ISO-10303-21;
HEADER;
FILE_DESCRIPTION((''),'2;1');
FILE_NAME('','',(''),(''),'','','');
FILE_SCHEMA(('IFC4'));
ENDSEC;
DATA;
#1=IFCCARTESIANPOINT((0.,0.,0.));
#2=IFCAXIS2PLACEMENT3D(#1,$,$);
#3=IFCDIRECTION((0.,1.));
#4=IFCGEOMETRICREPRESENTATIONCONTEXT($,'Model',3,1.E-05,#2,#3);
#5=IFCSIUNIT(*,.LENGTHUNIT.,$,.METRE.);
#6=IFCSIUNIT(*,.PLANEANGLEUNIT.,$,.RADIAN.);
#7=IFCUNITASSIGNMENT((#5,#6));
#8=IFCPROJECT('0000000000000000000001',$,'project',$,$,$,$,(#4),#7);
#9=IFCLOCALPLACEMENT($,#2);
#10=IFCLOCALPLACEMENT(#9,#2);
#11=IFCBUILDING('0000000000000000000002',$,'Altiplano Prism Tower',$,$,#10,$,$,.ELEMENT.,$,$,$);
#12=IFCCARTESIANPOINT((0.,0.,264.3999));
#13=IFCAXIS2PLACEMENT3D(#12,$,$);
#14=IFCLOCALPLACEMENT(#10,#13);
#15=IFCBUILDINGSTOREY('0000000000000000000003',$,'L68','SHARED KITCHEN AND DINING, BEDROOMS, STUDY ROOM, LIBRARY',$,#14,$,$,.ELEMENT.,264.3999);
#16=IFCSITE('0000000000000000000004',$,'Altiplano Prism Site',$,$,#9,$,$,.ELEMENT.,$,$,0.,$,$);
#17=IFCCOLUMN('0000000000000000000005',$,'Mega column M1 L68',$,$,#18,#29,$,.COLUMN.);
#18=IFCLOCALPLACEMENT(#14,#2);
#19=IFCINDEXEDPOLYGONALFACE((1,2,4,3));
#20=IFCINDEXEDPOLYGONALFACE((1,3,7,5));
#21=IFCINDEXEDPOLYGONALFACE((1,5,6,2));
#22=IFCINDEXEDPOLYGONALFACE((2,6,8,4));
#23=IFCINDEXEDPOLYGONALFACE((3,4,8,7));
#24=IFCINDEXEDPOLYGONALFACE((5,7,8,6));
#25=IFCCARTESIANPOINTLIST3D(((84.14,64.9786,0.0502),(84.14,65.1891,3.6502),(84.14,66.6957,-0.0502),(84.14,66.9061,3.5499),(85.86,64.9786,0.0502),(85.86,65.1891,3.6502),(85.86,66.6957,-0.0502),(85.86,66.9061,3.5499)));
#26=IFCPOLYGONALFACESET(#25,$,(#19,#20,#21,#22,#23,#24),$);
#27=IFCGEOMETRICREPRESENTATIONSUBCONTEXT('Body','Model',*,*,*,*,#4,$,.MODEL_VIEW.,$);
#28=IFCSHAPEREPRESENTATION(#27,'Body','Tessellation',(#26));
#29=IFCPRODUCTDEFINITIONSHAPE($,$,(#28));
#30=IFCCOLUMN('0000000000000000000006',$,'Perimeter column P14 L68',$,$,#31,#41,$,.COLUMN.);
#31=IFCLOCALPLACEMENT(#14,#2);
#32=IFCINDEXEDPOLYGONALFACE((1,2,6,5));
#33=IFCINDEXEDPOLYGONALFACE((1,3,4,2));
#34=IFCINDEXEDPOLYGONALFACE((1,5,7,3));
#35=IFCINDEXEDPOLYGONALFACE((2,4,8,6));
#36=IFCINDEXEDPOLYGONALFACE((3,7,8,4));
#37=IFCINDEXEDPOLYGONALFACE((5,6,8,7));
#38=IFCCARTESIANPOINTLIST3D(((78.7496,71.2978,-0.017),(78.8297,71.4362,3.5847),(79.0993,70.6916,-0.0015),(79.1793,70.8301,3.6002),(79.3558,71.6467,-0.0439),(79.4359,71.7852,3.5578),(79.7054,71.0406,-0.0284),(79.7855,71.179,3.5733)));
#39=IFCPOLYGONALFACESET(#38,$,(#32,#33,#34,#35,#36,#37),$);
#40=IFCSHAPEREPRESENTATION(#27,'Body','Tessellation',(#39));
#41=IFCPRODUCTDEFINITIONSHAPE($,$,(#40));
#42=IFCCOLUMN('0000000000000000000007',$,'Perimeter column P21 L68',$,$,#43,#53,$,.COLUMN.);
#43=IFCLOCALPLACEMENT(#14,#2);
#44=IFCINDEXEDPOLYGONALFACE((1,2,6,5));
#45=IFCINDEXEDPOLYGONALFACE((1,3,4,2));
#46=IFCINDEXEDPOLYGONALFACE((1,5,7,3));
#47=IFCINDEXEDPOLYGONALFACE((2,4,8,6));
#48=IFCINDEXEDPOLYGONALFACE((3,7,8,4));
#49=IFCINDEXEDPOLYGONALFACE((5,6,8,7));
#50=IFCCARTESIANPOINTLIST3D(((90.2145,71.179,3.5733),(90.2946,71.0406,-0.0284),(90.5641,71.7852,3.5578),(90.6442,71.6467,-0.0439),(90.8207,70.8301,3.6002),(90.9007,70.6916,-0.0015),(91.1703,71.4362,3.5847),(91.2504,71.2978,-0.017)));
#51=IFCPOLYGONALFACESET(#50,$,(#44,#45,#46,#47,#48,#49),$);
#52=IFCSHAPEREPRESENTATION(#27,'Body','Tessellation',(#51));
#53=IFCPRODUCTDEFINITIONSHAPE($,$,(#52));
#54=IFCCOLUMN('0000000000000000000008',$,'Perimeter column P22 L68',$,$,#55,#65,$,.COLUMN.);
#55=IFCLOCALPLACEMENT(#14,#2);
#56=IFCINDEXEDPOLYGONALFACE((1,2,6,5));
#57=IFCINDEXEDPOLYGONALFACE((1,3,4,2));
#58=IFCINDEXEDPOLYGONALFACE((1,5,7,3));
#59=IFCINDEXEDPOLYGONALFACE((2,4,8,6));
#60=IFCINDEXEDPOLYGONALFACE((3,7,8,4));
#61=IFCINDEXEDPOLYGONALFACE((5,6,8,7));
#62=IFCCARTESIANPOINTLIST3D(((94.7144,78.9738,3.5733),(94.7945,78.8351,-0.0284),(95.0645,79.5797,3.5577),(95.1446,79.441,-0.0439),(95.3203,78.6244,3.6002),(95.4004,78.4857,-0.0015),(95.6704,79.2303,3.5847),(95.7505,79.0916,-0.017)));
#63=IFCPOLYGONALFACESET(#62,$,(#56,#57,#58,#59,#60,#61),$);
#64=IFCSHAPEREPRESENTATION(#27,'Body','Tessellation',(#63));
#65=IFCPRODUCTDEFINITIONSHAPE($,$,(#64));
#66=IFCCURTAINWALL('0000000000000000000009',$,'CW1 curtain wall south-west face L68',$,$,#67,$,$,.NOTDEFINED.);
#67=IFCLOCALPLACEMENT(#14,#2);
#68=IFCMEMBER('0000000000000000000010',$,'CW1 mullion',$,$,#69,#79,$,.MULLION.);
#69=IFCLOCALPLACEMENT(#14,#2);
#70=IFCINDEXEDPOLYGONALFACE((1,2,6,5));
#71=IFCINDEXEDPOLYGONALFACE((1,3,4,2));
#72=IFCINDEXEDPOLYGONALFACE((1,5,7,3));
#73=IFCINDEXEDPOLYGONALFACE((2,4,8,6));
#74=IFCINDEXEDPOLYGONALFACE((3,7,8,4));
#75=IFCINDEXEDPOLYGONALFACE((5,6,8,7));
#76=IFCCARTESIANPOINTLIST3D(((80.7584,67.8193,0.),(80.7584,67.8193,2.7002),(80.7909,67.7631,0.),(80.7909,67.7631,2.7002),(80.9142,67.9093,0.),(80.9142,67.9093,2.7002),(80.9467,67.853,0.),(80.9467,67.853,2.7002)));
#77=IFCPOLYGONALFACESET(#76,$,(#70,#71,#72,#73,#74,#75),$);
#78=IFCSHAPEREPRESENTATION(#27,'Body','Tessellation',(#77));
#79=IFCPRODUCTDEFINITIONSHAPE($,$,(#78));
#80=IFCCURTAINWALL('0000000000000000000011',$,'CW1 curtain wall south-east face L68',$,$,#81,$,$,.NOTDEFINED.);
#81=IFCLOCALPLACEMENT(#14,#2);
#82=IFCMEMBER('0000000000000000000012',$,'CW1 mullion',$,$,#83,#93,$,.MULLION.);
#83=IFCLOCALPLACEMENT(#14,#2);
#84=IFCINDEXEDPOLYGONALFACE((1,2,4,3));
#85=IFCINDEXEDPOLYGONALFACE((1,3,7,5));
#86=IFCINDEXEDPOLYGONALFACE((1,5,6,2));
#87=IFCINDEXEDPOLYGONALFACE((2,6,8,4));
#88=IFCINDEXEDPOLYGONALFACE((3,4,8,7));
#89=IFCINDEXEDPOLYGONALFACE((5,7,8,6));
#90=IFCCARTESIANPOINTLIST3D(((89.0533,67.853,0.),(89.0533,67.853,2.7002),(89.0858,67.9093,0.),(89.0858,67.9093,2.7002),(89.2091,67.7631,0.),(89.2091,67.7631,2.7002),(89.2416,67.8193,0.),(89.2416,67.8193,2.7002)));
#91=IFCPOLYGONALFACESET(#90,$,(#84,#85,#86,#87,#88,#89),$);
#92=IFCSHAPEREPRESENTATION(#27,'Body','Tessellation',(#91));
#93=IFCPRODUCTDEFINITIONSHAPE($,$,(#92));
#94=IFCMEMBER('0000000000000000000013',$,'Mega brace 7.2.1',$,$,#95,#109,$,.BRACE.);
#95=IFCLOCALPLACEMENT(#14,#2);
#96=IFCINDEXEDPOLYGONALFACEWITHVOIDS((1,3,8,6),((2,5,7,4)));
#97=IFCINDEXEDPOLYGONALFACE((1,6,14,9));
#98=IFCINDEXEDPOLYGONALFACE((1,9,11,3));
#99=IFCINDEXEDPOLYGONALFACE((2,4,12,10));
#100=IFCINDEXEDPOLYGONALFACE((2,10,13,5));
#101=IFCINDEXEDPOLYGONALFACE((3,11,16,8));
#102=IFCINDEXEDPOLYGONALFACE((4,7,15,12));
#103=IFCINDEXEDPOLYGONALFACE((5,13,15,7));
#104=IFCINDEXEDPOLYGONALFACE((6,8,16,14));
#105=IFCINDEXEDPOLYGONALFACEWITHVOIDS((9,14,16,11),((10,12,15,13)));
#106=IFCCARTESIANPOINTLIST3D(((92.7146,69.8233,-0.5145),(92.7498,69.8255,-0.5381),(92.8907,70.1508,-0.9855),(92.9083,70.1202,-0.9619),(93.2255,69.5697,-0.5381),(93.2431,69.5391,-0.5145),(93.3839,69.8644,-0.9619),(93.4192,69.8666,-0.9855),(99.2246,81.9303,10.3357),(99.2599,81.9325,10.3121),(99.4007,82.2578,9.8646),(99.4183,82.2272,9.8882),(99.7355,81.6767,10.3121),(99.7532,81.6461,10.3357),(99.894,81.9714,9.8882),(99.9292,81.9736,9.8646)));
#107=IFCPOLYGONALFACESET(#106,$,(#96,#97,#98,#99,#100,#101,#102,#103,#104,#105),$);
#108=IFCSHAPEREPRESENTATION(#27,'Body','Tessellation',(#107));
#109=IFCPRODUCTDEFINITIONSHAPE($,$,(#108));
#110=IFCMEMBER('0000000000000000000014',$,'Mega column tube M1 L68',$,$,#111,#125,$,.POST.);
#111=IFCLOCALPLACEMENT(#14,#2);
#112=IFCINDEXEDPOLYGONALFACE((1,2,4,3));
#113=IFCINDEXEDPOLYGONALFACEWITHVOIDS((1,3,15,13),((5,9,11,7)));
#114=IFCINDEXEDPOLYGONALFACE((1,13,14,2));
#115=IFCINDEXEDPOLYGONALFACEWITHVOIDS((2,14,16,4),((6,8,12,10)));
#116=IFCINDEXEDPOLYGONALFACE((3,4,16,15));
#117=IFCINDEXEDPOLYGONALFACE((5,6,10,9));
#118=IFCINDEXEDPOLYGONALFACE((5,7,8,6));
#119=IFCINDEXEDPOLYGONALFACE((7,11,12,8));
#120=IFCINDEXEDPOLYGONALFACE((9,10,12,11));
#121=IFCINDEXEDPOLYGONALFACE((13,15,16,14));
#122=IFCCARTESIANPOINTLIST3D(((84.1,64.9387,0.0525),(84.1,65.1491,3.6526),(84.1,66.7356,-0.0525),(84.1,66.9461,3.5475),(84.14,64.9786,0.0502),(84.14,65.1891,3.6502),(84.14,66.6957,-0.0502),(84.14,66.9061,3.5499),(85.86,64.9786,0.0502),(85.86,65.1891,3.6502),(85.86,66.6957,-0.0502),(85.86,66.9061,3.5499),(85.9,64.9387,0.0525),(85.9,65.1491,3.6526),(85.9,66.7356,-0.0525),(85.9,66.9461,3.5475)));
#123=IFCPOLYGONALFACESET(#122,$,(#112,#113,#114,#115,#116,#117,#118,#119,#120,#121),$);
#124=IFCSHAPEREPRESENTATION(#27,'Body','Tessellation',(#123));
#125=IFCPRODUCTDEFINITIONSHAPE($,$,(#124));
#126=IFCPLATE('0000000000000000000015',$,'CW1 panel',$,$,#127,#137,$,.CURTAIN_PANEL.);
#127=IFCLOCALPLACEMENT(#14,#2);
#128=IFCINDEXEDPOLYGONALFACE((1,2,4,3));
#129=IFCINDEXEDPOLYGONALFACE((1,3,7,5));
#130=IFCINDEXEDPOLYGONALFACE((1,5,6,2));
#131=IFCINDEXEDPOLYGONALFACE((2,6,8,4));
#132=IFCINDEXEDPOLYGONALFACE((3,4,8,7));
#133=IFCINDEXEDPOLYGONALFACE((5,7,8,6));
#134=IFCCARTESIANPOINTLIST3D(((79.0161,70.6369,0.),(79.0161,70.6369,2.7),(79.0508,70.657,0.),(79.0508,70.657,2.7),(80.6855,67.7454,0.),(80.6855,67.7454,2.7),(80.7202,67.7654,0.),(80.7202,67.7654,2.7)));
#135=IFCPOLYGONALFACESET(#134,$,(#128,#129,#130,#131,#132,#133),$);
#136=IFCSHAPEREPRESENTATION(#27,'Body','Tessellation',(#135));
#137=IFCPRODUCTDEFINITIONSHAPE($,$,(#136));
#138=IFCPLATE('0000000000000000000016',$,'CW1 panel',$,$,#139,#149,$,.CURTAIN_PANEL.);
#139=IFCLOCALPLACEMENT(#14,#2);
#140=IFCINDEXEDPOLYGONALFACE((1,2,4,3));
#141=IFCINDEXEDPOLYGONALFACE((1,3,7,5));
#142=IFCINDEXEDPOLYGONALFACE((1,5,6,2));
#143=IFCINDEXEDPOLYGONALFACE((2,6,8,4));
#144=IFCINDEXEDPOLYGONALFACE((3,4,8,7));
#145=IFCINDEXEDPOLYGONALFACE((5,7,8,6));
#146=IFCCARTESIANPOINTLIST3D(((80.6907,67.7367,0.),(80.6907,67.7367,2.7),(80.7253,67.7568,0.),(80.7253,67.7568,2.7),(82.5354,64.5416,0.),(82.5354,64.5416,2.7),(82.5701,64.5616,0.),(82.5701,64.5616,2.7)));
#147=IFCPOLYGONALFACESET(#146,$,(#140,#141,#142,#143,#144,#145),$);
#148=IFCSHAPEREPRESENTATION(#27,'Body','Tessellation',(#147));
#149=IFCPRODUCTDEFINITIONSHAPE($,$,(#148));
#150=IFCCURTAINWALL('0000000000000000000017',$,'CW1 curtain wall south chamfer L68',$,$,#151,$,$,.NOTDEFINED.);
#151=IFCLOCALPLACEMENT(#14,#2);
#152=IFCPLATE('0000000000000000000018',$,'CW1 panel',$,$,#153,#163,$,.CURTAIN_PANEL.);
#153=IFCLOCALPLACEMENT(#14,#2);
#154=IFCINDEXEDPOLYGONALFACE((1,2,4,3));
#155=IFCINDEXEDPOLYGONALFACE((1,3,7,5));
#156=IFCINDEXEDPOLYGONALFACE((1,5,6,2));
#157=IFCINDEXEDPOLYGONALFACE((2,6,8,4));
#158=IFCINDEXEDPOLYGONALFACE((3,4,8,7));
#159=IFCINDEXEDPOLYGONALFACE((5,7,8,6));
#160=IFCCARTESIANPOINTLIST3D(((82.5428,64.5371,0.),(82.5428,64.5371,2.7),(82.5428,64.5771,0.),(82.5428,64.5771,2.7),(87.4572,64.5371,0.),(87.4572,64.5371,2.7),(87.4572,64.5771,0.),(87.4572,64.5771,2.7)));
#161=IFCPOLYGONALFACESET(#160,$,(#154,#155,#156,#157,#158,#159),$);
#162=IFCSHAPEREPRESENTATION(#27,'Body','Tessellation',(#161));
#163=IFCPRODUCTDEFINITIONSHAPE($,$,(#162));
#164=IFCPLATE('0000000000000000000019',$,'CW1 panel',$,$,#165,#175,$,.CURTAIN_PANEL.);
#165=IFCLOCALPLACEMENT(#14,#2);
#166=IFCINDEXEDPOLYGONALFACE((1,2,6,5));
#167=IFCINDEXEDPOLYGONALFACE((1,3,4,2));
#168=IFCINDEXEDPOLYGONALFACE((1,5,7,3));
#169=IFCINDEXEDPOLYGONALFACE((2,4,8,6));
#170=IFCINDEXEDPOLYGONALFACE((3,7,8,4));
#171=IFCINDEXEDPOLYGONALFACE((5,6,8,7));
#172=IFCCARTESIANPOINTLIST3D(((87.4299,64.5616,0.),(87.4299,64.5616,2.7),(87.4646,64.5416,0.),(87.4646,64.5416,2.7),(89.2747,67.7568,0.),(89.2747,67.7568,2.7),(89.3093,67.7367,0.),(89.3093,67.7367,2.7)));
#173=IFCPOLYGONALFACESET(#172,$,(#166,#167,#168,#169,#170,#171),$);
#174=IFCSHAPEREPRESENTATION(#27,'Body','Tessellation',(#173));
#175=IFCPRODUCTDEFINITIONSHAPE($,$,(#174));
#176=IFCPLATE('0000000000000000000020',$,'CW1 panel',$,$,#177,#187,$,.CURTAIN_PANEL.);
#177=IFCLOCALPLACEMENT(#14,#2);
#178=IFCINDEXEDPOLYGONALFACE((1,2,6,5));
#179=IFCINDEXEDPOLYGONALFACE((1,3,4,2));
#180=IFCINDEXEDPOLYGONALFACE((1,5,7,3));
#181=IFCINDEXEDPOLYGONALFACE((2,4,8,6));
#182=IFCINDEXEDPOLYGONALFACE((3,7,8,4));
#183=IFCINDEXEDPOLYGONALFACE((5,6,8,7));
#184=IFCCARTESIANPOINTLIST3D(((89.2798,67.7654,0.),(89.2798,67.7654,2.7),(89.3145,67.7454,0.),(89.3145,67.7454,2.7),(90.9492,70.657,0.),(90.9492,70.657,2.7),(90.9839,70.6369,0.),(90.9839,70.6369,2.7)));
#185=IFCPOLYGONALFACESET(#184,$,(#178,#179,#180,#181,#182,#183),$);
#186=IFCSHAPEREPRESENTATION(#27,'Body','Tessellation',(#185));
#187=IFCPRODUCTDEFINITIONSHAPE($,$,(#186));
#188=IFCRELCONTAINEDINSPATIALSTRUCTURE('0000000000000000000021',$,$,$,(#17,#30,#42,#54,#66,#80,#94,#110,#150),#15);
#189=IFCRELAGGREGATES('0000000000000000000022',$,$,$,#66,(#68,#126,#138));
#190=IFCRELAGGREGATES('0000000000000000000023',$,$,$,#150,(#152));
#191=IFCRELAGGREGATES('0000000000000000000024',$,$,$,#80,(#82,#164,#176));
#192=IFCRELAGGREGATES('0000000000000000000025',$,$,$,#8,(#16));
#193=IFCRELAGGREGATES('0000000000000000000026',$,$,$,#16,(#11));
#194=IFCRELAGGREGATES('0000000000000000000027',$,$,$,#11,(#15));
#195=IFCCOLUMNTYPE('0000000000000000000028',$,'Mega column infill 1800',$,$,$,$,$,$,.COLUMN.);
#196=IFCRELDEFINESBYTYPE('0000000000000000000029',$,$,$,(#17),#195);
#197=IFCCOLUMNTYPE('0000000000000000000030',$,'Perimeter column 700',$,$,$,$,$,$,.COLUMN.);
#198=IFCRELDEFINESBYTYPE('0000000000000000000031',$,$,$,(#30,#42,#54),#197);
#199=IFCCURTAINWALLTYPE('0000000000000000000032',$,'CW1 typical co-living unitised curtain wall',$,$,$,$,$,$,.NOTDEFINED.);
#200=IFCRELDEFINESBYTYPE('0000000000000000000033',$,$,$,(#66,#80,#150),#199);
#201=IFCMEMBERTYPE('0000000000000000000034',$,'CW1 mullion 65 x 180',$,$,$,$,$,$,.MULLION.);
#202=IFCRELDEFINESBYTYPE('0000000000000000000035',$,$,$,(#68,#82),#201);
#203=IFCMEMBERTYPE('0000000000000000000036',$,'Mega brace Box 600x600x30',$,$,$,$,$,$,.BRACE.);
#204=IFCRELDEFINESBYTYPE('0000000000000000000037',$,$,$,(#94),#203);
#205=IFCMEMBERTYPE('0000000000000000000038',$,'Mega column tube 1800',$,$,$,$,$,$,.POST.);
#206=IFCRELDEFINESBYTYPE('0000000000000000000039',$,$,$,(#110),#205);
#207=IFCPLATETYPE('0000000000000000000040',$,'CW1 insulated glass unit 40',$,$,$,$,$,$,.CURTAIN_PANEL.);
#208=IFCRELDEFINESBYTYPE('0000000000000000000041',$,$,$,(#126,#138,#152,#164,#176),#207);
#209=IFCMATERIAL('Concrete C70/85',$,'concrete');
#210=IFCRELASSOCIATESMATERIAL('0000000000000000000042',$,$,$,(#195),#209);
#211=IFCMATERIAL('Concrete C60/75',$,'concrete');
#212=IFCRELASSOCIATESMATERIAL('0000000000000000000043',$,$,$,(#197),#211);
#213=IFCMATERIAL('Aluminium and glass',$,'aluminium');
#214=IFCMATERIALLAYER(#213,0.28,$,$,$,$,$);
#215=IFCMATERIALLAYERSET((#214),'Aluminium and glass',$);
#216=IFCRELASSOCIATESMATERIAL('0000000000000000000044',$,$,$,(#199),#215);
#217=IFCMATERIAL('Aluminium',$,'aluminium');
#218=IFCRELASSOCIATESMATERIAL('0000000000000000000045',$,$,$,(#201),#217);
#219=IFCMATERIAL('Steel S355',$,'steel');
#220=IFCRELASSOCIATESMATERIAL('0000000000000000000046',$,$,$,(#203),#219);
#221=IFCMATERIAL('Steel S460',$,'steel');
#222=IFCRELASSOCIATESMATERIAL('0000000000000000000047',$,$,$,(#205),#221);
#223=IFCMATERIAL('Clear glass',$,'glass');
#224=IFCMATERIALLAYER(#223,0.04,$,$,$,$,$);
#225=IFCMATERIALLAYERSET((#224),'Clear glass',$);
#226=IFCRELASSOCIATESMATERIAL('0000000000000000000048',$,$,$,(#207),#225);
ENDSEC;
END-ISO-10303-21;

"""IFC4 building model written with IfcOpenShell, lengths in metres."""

from ifc_helpers import new_model, si_unit, direction, frame, origin, origin_2d, place, context, subcontext, project, spatial, rectangle, hollow_rectangle, extrude, material, layer, layer_set, material_profile, profile_set, type_object, element, aggregate, save


model = new_model("IFC4")

# Units and contexts
model_context = context("Model", 3, precision=1e-05, world=origin(), true_north=direction((0.0, 1.0)))
body_context = subcontext(model_context, "Body", "Model", "MODEL_VIEW")
ifc_project = project(units=[si_unit("LENGTHUNIT", "METRE"), si_unit("PLANEANGLEUNIT", "RADIAN")], contexts=[model_context])

# Site, building, storey
site_placement = place(None, origin())
site = spatial("IfcSite", under=ifc_project, at=site_placement, Name="Altiplano Prism Site", CompositionType="ELEMENT", RefElevation=0.0)
building_placement = place(site_placement, origin())
building = spatial("IfcBuilding", under=site, at=building_placement, Name="Altiplano Prism Tower", CompositionType="ELEMENT")
storey_placement = place(building_placement, frame((0.0, 0.0, 264.3999)))
storey = spatial("IfcBuildingStorey", under=building, at=storey_placement, Name="L68", Description="SHARED KITCHEN AND DINING, BEDROOMS, STUDY ROOM, LIBRARY", CompositionType="ELEMENT", Elevation=264.3999)

# Columns
ifc_material_1 = material(Name="Concrete C70/85", Category="concrete")
ifc_material_profile_1 = material_profile(ifc_material_1, rectangle(XDim=1.72, YDim=1.72, at=origin_2d()), Name="Mega column infill 1800")
ifc_profile_set_1 = profile_set([ifc_material_profile_1], Name="Concrete C70/85")
column_type_1 = type_object("IfcColumnType", Name="Mega column infill 1800", PredefinedType="COLUMN", material=ifc_profile_set_1)
column_placement = place(storey_placement, frame((85.0, 65.8372, 0.0), z_axis=(0.0, 0.058357, 0.998296), x_axis=(-1.0, 0.0, 0.0)))
element("IfcColumn", 1, at=column_placement, inside=storey, type_object=column_type_1, Name="Mega column M1 L68", PredefinedType="COLUMN", context=body_context, shape_type="SweptSolid", body=[
    extrude(rectangle(XDim=1.72, YDim=1.72, at=origin_2d()), origin(), (0.0, 0.0, 1.0), 3.6062),
])
ifc_material_2 = material(Name="Concrete C60/75", Category="concrete")
ifc_material_profile_2 = material_profile(ifc_material_2, rectangle(XDim=0.7, YDim=0.7, at=origin_2d()), Name="Perimeter column 700")
ifc_profile_set_2 = profile_set([ifc_material_profile_2], Name="Concrete C60/75")
column_type_2 = type_object("IfcColumnType", Name="Perimeter column 700", PredefinedType="COLUMN", material=ifc_profile_set_2)
for number, where, z_axis, x_axis, name in (
    (2, (79.2275, 71.1692, -0.0227), (0.022212, 0.038398, 0.999016), (-0.866024, -0.498524, 0.038416), "Perimeter column P14 L68"),
    (3, (90.7725, 71.1692, -0.0227), (-0.022212, 0.038398, 0.999016), (-0.499508, -0.866025, 0.02218), "Perimeter column P21 L68"),
    (4, (95.2725, 78.9634, -0.0227), (-0.022212, 0.038465, 0.999013), (-0.50017, -0.865643, 0.022209), "Perimeter column P22 L68"),
):
    element("IfcColumn", number, at=place(storey_placement, frame(where, z_axis=z_axis, x_axis=x_axis)), inside=storey, type_object=column_type_2, Name=name, PredefinedType="COLUMN", context=body_context, shape_type="SweptSolid", body=[
        extrude(rectangle(XDim=0.7, YDim=0.7, at=origin_2d()), origin(), (0.0, 0.0, 1.0), 3.6052),
    ])

# Curtain walls, members
ifc_material_3 = material(Name="Aluminium and glass", Category="aluminium")
ifc_layer_1 = layer(ifc_material_3, 0.28)
ifc_layer_set_1 = layer_set([ifc_layer_1], Name="Aluminium and glass")
curtain_wall_type = type_object("IfcCurtainWallType", Name="CW1 typical co-living unitised curtain wall", PredefinedType="NOTDEFINED", material=ifc_layer_set_1)
curtain_wall_1_placement = place(storey_placement, origin())
curtain_wall_1 = element("IfcCurtainWall", 5, at=curtain_wall_1_placement, inside=storey, type_object=curtain_wall_type, Name="CW1 curtain wall south-west face L68", PredefinedType="NOTDEFINED")
ifc_material_4 = material(Name="Aluminium", Category="aluminium")
ifc_material_profile_3 = material_profile(ifc_material_4, rectangle(XDim=0.1799, YDim=0.0649, at=origin_2d()), Name="CW1 mullion 65 x 180")
ifc_profile_set_3 = profile_set([ifc_material_profile_3], Name="Aluminium")
member_type_1 = type_object("IfcMemberType", Name="CW1 mullion 65 x 180", PredefinedType="MULLION", material=ifc_profile_set_3)
member_1_placement = place(storey_placement, frame((80.8525, 67.8362, 0.0), z_axis=(0.0, 0.0, 1.0), x_axis=(0.866025, 0.5, 0.0)))
member_1 = element("IfcMember", 6, at=member_1_placement, type_object=member_type_1, Name="CW1 mullion", PredefinedType="MULLION", context=body_context, shape_type="SweptSolid", body=[
    extrude(rectangle(XDim=0.1799, YDim=0.0649, at=origin_2d()), origin(), (0.0, 0.0, 1.0), 2.7002),
])
curtain_wall_2_placement = place(storey_placement, origin())
curtain_wall_2 = element("IfcCurtainWall", 7, at=curtain_wall_2_placement, inside=storey, type_object=curtain_wall_type, Name="CW1 curtain wall south-east face L68", PredefinedType="NOTDEFINED")
member_2_placement = place(storey_placement, frame((89.1475, 67.8362, 0.0), z_axis=(0.0, 0.0, 1.0), x_axis=(-0.866025, 0.5, 0.0)))
member_2 = element("IfcMember", 8, at=member_2_placement, type_object=member_type_1, Name="CW1 mullion", PredefinedType="MULLION", context=body_context, shape_type="SweptSolid", body=[
    extrude(rectangle(XDim=0.1799, YDim=0.0649, at=origin_2d()), origin(), (0.0, 0.0, 1.0), 2.7002),
])

# Members
ifc_material_5 = material(Name="Steel S355", Category="steel")
ifc_material_profile_4 = material_profile(ifc_material_5, hollow_rectangle(XDim=0.6001, YDim=0.6001, WallThickness=0.03, at=origin_2d()), Name="Mega brace Box 600x600x30")
ifc_profile_set_4 = profile_set([ifc_material_profile_4], Name="Steel S355")
member_type_2 = type_object("IfcMemberType", Name="Mega brace Box 600x600x30", PredefinedType="BRACE", material=ifc_profile_set_4)
member_3_placement = place(storey_placement, frame((93.0669, 69.845, -0.75), z_axis=(0.371738, 0.691337, 0.619568), x_axis=(-0.880748, 0.473586, 0.0)))
element("IfcMember", 9, at=member_3_placement, inside=storey, type_object=member_type_2, Name="Mega brace 7.2.1", PredefinedType="BRACE", context=body_context, shape_type="SweptSolid", body=[
    extrude(hollow_rectangle(XDim=0.6001, YDim=0.6001, WallThickness=0.03, at=origin_2d()), origin(), (0.0, 0.0, 1.0), 17.5125),
])
ifc_material_6 = material(Name="Steel S460", Category="steel")
ifc_material_profile_5 = material_profile(ifc_material_6, hollow_rectangle(XDim=1.8, YDim=1.8, WallThickness=0.04, at=origin_2d()), Name="Mega column tube 1800")
ifc_profile_set_5 = profile_set([ifc_material_profile_5], Name="Steel S460")
member_type_3 = type_object("IfcMemberType", Name="Mega column tube 1800", PredefinedType="POST", material=ifc_profile_set_5)
member_4_placement = place(storey_placement, frame((85.0, 65.8372, 0.0), z_axis=(0.0, 0.058357, 0.998296), x_axis=(-1.0, 0.0, 0.0)))
element("IfcMember", 10, at=member_4_placement, inside=storey, type_object=member_type_3, Name="Mega column tube M1 L68", PredefinedType="POST", context=body_context, shape_type="SweptSolid", body=[
    extrude(hollow_rectangle(XDim=1.8, YDim=1.8, WallThickness=0.04, at=origin_2d()), origin(), (0.0, 0.0, 1.0), 3.6062),
])

# Plates
ifc_material_7 = material(Name="Clear glass", Category="glass")
ifc_layer_2 = layer(ifc_material_7, 0.04)
ifc_layer_set_2 = layer_set([ifc_layer_2], Name="Clear glass")
plate_type = type_object("IfcPlateType", Name="CW1 insulated glass unit 40", PredefinedType="CURTAIN_PANEL", material=ifc_layer_set_2)
plate_1_placement = place(storey_placement, frame((79.8682, 69.2012, 0.0), z_axis=(0.0, 0.0, 1.0), x_axis=(0.5, -0.866025, 0.0)))
plate_1 = element("IfcPlate", 11, at=plate_1_placement, type_object=plate_type, Name="CW1 panel", PredefinedType="CURTAIN_PANEL", context=body_context, shape_type="SweptSolid", body=[
    extrude(rectangle(XDim=3.3389, YDim=0.04, at=origin_2d()), origin(), (0.0, 0.0, 1.0), 2.7),
])
plate_2_placement = place(storey_placement, frame((81.6304, 66.1492, 0.0), z_axis=(0.0, 0.0, 1.0), x_axis=(0.5, -0.866025, 0.0)))
plate_2 = element("IfcPlate", 12, at=plate_2_placement, type_object=plate_type, Name="CW1 panel", PredefinedType="CURTAIN_PANEL", context=body_context, shape_type="SweptSolid", body=[
    extrude(rectangle(XDim=3.6895, YDim=0.04, at=origin_2d()), origin(), (0.0, 0.0, 1.0), 2.7),
])
aggregate(curtain_wall_1, [member_1, plate_1, plate_2])

# Curtain wall, plate
curtain_wall_3_placement = place(storey_placement, origin())
curtain_wall_3 = element("IfcCurtainWall", 13, at=curtain_wall_3_placement, inside=storey, type_object=curtain_wall_type, Name="CW1 curtain wall south chamfer L68", PredefinedType="NOTDEFINED")
plate_3_placement = place(storey_placement, frame((85.0, 64.5571, 0.0), z_axis=(0.0, 0.0, 1.0), x_axis=(1.0, 0.0, 0.0)))
plate_3 = element("IfcPlate", 14, at=plate_3_placement, type_object=plate_type, Name="CW1 panel", PredefinedType="CURTAIN_PANEL", context=body_context, shape_type="SweptSolid", body=[
    extrude(rectangle(XDim=4.9143, YDim=0.04, at=origin_2d()), origin(), (0.0, 0.0, 1.0), 2.7),
])
aggregate(curtain_wall_3, [plate_3])

# Plates
plate_4_placement = place(storey_placement, frame((88.3696, 66.1492, 0.0), z_axis=(0.0, 0.0, 1.0), x_axis=(0.5, 0.866025, 0.0)))
plate_4 = element("IfcPlate", 15, at=plate_4_placement, type_object=plate_type, Name="CW1 panel", PredefinedType="CURTAIN_PANEL", context=body_context, shape_type="SweptSolid", body=[
    extrude(rectangle(XDim=3.6895, YDim=0.04, at=origin_2d()), origin(), (0.0, 0.0, 1.0), 2.7),
])
plate_5_placement = place(storey_placement, frame((90.1318, 69.2012, 0.0), z_axis=(0.0, 0.0, 1.0), x_axis=(0.5, 0.866025, 0.0)))
plate_5 = element("IfcPlate", 16, at=plate_5_placement, type_object=plate_type, Name="CW1 panel", PredefinedType="CURTAIN_PANEL", context=body_context, shape_type="SweptSolid", body=[
    extrude(rectangle(XDim=3.3389, YDim=0.04, at=origin_2d()), origin(), (0.0, 0.0, 1.0), 2.7),
])
aggregate(curtain_wall_2, [member_2, plate_4, plate_5])

save(model, "model.ifc")
